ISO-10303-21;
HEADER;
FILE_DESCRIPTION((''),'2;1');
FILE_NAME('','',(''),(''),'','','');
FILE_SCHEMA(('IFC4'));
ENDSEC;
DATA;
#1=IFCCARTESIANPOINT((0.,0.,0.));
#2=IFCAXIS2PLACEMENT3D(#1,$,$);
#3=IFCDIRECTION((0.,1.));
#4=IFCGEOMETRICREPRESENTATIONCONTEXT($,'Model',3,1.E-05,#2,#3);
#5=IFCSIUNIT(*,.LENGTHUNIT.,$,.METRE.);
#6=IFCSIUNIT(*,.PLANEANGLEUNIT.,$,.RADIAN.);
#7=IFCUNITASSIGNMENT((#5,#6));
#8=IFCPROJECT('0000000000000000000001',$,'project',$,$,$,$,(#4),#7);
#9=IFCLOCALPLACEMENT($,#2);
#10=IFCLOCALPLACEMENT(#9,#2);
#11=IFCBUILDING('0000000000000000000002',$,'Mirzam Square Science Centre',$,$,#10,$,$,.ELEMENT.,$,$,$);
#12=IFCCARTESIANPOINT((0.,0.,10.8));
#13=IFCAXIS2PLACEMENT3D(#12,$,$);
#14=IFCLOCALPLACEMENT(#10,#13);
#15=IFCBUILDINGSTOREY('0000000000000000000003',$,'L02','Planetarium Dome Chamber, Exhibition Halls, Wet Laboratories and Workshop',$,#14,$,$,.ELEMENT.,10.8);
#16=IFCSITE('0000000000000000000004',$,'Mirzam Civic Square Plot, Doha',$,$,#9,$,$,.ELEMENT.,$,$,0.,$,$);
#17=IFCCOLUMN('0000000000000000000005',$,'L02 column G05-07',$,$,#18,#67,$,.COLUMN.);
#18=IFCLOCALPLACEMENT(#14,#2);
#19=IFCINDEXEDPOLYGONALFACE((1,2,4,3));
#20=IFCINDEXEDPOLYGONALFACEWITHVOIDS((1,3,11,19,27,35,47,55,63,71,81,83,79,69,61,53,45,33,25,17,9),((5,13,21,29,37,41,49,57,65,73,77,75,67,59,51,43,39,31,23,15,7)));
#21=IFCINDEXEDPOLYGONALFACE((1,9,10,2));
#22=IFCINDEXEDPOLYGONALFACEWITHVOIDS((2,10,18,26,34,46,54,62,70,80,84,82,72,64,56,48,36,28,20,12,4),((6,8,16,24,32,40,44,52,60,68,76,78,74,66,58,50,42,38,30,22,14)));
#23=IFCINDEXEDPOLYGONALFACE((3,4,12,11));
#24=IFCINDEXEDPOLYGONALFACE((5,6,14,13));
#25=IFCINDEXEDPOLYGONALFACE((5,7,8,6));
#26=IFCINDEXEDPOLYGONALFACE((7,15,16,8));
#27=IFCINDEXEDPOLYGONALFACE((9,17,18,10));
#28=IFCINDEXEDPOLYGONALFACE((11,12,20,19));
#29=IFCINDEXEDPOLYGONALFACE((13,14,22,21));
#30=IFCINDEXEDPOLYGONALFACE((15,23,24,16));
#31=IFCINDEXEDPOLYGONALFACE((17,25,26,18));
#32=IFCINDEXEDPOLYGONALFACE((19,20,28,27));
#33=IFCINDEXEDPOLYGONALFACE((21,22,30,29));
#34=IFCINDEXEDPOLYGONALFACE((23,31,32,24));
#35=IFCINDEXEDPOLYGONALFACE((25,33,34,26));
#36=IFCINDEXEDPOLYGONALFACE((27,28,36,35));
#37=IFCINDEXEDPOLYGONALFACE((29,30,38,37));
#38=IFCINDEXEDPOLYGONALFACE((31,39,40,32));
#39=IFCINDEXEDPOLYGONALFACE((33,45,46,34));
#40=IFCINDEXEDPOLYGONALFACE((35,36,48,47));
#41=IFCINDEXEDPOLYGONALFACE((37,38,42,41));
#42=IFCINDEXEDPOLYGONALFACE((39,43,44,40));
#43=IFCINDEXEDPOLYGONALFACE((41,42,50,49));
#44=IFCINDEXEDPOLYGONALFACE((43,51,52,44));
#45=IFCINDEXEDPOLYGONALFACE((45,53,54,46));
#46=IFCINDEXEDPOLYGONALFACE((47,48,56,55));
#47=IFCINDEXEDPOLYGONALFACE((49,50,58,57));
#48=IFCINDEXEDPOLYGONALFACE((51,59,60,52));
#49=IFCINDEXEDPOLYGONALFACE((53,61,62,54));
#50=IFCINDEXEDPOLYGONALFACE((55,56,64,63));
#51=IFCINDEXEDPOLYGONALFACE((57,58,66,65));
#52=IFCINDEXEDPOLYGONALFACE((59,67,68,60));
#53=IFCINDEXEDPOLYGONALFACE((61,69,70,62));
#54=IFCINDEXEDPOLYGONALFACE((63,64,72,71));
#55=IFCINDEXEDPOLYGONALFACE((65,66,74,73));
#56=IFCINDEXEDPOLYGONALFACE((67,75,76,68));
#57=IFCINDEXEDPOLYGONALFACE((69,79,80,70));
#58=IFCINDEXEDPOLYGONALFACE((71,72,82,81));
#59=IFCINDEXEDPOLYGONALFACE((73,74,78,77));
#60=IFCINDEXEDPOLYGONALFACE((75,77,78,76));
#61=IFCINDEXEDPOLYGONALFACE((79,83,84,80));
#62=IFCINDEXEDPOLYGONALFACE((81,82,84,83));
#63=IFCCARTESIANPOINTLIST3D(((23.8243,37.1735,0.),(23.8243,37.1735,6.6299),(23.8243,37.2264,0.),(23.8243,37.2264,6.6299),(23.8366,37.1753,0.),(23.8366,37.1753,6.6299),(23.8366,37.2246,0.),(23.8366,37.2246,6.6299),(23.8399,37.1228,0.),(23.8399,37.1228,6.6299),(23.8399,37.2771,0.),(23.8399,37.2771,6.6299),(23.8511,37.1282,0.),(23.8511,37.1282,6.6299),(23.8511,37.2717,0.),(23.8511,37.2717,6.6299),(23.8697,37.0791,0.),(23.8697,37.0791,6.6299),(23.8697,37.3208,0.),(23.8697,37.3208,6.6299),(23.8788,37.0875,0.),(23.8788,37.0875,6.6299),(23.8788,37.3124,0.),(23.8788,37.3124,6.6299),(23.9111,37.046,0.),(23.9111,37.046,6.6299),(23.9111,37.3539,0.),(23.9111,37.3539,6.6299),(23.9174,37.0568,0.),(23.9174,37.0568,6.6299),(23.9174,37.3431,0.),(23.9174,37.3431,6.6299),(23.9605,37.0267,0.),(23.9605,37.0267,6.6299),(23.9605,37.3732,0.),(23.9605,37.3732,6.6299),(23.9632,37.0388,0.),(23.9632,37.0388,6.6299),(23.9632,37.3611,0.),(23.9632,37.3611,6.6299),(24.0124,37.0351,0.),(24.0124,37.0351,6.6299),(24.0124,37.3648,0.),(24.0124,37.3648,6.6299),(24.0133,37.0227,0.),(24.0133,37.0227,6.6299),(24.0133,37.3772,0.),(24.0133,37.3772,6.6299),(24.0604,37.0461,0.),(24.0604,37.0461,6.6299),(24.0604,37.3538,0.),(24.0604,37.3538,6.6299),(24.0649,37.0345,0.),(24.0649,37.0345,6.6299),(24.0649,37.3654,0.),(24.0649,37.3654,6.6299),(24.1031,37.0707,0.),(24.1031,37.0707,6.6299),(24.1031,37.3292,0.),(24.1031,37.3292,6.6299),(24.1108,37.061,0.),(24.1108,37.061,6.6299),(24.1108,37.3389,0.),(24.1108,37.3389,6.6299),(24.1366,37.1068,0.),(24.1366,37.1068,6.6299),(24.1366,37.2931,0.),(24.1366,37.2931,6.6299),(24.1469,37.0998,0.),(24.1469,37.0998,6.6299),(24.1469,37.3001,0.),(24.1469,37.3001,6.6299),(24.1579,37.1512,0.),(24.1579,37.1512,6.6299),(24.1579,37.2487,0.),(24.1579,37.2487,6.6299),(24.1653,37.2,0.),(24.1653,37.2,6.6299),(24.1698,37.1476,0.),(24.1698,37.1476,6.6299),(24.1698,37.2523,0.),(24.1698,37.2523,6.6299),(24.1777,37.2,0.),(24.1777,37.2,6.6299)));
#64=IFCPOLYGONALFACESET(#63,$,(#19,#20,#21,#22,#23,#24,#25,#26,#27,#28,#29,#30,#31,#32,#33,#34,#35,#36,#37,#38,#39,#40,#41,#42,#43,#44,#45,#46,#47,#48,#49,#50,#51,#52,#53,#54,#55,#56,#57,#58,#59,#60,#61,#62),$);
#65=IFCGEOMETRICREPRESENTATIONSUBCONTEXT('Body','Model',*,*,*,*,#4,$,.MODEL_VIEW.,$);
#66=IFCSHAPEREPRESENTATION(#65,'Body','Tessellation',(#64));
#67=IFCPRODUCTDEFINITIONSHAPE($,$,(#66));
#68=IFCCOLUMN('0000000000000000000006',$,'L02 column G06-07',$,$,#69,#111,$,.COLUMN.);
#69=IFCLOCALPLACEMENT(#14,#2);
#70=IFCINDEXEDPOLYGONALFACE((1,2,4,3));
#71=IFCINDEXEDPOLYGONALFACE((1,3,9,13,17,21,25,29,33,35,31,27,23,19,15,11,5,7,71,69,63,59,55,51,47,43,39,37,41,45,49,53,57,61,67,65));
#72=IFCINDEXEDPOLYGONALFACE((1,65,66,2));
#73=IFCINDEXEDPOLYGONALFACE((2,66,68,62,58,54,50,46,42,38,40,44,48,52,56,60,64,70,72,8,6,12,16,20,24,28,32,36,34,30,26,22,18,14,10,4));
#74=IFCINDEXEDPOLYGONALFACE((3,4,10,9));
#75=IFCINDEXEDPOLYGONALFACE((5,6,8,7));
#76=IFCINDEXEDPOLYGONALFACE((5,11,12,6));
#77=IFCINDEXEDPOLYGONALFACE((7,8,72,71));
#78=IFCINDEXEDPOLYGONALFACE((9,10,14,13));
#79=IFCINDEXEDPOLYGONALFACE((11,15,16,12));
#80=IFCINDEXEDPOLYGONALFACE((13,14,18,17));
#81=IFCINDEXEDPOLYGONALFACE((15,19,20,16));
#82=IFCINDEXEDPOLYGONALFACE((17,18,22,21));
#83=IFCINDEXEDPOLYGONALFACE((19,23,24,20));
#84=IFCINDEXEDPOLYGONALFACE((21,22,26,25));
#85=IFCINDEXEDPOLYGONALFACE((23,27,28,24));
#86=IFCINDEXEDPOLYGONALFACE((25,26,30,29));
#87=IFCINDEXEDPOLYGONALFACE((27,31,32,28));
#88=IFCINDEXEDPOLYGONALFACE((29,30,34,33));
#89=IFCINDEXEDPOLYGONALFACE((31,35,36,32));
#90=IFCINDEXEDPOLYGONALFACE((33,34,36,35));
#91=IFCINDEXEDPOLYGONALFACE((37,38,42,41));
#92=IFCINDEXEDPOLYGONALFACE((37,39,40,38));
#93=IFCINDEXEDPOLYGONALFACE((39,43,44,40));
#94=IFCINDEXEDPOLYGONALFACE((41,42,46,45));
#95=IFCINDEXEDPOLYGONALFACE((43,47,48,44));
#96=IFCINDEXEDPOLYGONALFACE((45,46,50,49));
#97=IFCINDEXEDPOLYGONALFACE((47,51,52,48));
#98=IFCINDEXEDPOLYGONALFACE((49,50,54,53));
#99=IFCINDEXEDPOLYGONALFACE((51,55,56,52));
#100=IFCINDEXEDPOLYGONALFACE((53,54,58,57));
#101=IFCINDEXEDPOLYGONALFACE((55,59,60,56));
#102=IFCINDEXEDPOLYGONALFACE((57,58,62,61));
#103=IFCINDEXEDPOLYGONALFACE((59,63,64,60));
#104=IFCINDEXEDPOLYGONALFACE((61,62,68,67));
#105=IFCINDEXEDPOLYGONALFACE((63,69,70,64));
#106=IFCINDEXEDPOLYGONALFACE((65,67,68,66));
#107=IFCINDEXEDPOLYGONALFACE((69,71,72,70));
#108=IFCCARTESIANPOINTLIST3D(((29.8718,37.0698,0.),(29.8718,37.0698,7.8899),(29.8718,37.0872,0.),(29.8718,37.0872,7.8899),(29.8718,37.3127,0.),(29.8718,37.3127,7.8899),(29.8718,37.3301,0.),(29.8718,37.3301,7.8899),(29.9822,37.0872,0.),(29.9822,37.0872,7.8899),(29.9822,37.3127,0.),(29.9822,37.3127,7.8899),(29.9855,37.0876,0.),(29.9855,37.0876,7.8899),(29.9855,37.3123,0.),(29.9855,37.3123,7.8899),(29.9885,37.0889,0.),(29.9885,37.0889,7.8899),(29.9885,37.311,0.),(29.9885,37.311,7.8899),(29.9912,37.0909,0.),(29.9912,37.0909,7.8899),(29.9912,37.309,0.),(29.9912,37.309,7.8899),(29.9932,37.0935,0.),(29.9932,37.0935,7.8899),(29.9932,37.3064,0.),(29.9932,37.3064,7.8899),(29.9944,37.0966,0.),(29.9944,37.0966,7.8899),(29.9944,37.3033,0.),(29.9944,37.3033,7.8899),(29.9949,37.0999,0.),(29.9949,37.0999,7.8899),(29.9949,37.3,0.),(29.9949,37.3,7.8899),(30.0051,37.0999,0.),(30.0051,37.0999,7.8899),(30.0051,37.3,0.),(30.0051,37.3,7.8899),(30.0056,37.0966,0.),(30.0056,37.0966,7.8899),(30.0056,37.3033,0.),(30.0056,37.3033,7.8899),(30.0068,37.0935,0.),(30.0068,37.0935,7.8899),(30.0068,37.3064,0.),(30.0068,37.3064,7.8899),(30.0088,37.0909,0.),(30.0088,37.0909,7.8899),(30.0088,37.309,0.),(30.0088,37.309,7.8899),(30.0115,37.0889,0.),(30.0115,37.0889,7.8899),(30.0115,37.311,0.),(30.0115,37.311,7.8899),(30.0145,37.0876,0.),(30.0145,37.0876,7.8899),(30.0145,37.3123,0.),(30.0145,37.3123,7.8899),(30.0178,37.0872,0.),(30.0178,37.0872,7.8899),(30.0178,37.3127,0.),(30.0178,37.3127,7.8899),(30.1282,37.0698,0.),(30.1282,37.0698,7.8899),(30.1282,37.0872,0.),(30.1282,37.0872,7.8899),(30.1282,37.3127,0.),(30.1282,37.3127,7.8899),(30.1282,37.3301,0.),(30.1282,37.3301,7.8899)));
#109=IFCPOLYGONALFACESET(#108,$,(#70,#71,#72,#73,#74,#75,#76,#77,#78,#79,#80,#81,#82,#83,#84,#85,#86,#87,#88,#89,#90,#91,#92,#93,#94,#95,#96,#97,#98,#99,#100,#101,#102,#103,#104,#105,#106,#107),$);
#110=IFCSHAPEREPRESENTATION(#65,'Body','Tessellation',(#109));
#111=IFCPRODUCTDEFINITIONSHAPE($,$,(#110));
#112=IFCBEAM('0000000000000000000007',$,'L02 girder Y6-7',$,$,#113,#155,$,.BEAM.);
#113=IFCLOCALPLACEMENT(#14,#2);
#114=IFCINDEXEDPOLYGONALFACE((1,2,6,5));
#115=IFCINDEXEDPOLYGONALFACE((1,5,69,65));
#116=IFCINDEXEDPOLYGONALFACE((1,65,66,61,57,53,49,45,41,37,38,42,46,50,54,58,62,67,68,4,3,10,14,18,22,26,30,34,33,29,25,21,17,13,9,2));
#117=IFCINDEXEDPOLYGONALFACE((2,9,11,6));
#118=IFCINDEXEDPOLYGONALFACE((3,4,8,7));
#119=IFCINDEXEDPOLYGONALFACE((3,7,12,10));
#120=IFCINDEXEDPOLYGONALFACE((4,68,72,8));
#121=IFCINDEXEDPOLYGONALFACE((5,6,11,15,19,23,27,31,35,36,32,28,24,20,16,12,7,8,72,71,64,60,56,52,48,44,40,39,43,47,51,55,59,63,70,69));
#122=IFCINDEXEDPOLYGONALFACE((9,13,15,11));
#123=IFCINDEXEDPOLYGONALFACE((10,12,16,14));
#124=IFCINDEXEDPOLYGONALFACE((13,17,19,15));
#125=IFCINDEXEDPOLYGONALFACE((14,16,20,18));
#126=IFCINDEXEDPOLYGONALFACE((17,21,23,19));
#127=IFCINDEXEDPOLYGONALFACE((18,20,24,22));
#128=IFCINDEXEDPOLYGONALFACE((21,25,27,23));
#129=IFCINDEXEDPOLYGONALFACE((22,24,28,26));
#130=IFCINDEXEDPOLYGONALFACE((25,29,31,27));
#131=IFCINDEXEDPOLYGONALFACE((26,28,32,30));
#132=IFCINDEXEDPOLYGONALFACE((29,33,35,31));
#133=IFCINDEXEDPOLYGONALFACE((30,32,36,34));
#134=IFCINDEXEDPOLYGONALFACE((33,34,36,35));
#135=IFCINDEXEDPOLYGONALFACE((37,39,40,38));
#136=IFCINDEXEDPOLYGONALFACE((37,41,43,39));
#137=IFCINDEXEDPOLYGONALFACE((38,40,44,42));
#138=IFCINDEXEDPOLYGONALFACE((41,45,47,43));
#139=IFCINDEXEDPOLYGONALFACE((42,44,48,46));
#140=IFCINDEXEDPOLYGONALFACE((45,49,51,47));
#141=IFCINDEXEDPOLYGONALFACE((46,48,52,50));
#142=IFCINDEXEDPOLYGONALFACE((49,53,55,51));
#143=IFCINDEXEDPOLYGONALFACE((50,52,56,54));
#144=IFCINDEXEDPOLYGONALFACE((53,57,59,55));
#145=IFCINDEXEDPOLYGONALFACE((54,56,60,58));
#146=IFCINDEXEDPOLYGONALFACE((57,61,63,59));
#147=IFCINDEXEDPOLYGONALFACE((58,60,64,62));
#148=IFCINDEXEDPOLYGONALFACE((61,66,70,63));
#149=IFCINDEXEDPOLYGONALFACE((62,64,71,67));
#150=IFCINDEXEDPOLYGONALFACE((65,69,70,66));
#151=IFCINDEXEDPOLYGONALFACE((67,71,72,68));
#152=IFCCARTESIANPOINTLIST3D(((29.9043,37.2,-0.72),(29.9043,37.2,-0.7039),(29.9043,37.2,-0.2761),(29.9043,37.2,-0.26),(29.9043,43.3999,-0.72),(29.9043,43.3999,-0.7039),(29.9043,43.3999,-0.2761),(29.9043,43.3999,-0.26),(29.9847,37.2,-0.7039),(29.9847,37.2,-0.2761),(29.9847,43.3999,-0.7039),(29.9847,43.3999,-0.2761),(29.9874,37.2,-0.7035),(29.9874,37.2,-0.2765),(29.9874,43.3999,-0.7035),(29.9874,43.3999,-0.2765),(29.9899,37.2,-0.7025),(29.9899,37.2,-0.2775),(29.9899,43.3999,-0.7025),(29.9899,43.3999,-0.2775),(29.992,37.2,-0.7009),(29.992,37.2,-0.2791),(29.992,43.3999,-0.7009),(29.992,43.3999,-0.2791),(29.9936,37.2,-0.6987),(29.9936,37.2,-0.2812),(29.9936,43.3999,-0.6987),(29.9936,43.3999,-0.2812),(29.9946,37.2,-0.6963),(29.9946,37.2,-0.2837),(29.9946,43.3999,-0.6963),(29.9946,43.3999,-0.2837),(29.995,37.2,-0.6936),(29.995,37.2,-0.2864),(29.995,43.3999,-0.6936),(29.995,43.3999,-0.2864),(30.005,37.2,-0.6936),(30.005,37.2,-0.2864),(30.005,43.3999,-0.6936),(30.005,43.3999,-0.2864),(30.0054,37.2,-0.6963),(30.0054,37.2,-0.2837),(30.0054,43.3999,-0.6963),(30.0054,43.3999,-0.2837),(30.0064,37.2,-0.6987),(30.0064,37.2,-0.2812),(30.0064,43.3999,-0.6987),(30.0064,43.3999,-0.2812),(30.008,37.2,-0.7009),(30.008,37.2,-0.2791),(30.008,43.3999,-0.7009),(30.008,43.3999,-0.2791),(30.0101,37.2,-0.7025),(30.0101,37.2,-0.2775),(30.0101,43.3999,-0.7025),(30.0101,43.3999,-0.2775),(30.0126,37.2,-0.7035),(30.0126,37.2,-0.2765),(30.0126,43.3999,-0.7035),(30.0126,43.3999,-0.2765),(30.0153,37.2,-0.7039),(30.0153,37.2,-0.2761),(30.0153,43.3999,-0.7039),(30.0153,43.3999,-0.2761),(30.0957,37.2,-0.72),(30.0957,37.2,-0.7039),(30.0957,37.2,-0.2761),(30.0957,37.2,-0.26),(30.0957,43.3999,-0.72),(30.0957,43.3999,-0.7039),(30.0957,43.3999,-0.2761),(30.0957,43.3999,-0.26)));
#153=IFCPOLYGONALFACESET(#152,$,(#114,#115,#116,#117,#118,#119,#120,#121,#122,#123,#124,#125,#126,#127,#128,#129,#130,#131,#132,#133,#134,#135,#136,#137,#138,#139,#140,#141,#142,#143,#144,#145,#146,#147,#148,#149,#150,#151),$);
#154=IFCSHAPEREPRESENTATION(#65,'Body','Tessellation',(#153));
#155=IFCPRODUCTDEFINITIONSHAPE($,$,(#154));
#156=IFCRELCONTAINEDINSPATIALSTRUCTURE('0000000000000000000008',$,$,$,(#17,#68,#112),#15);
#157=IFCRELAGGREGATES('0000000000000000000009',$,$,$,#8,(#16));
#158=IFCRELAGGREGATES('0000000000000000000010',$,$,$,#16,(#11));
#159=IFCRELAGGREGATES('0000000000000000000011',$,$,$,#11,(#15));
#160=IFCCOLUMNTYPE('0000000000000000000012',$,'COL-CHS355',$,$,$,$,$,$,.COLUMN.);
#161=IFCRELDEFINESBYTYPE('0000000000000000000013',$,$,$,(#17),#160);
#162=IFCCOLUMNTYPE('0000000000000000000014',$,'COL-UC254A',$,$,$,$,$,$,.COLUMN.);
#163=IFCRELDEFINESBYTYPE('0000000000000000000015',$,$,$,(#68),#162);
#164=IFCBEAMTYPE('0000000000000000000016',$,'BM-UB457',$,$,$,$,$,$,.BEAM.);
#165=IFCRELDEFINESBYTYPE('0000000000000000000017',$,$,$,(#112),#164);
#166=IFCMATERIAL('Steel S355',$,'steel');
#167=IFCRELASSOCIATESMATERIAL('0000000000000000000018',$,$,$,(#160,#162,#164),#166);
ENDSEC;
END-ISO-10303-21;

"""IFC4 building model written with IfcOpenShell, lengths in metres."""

from ifc_helpers import new_model, si_unit, direction, frame, origin, origin_2d, place, context, subcontext, project, spatial, hollow_circle, i_section, extrude, material, material_profile, profile_set, type_object, element, save


model = new_model("IFC4")

# Units and contexts
model_context = context("Model", 3, precision=1e-05, world=origin(), true_north=direction((0.0, 1.0)))
body_context = subcontext(model_context, "Body", "Model", "MODEL_VIEW")
ifc_project = project(units=[si_unit("LENGTHUNIT", "METRE"), si_unit("PLANEANGLEUNIT", "RADIAN")], contexts=[model_context])

# Site, building, storey
site_placement = place(None, origin())
site = spatial("IfcSite", under=ifc_project, at=site_placement, Name="Mirzam Civic Square Plot, Doha", CompositionType="ELEMENT", RefElevation=0.0)
building_placement = place(site_placement, origin())
building = spatial("IfcBuilding", under=site, at=building_placement, Name="Mirzam Square Science Centre", CompositionType="ELEMENT")
storey_placement = place(building_placement, frame((0.0, 0.0, 10.8)))
storey = spatial("IfcBuildingStorey", under=building, at=storey_placement, Name="L02", Description="Planetarium Dome Chamber, Exhibition Halls, Wet Laboratories and Workshop", CompositionType="ELEMENT", Elevation=10.8)

# Columns
ifc_material_1 = material(Name="Steel S355", Category="steel")
ifc_material_profile_1 = material_profile(ifc_material_1, hollow_circle(Radius=0.1777, WallThickness=0.0125, at=origin_2d()), Name="355.6x12.5CHS")
ifc_profile_set_1 = profile_set([ifc_material_profile_1], Name="Steel S355")
column_type_1 = type_object("IfcColumnType", Name="COL-CHS355", PredefinedType="COLUMN", material=ifc_profile_set_1)
column_1_placement = place(storey_placement, frame((24.0, 37.2, 0.0), z_axis=(0.0, 0.0, 1.0), x_axis=(1.0, 0.0, 0.0)))
element("IfcColumn", 1, at=column_1_placement, inside=storey, type_object=column_type_1, Name="L02 column G05-07", PredefinedType="COLUMN", context=body_context, shape_type="SweptSolid", body=[
    extrude(hollow_circle(Radius=0.1777, WallThickness=0.0125, at=origin_2d()), origin(), (0.0, 0.0, 1.0), 6.6299),
])
ifc_material_profile_2 = material_profile(ifc_material_1, i_section(OverallWidth=0.2563, OverallDepth=0.2603, WebThickness=0.0103, FlangeThickness=0.0173, FilletRadius=0.0127, at=origin_2d()), Name="254x254x89UC")
ifc_profile_set_2 = profile_set([ifc_material_profile_2], Name="Steel S355")
column_type_2 = type_object("IfcColumnType", Name="COL-UC254A", PredefinedType="COLUMN", material=ifc_profile_set_2)
column_2_placement = place(storey_placement, frame((30.0, 37.2, 0.0), z_axis=(0.0, 0.0, 1.0), x_axis=(1.0, 0.0, 0.0)))
element("IfcColumn", 2, at=column_2_placement, inside=storey, type_object=column_type_2, Name="L02 column G06-07", PredefinedType="COLUMN", context=body_context, shape_type="SweptSolid", body=[
    extrude(i_section(OverallWidth=0.2563, OverallDepth=0.2603, WebThickness=0.0103, FlangeThickness=0.0173, FilletRadius=0.0127, at=origin_2d()), origin(), (0.0, 0.0, 1.0), 7.8899),
])

# Beam
ifc_material_profile_3 = material_profile(ifc_material_1, i_section(OverallWidth=0.1914, OverallDepth=0.46, WebThickness=0.01, FlangeThickness=0.0161, FilletRadius=0.0103, at=origin_2d()), Name="457x191x82UB")
ifc_profile_set_3 = profile_set([ifc_material_profile_3], Name="Steel S355")
beam_type_1 = type_object("IfcBeamType", Name="BM-UB457", PredefinedType="BEAM", material=ifc_profile_set_3)
beam_1_placement = place(storey_placement, frame((30.0, 37.2, -0.49), z_axis=(0.0, 1.0, 0.0), x_axis=(-1.0, 0.0, 0.0)))
element("IfcBeam", 3, at=beam_1_placement, inside=storey, type_object=beam_type_1, Name="L02 girder Y6-7", PredefinedType="BEAM", context=body_context, shape_type="SweptSolid", body=[
    extrude(i_section(OverallWidth=0.1914, OverallDepth=0.46, WebThickness=0.01, FlangeThickness=0.0161, FilletRadius=0.0103, at=origin_2d()), origin(), (0.0, 0.0, 1.0), 6.2),
])

save(model, "model.ifc")
